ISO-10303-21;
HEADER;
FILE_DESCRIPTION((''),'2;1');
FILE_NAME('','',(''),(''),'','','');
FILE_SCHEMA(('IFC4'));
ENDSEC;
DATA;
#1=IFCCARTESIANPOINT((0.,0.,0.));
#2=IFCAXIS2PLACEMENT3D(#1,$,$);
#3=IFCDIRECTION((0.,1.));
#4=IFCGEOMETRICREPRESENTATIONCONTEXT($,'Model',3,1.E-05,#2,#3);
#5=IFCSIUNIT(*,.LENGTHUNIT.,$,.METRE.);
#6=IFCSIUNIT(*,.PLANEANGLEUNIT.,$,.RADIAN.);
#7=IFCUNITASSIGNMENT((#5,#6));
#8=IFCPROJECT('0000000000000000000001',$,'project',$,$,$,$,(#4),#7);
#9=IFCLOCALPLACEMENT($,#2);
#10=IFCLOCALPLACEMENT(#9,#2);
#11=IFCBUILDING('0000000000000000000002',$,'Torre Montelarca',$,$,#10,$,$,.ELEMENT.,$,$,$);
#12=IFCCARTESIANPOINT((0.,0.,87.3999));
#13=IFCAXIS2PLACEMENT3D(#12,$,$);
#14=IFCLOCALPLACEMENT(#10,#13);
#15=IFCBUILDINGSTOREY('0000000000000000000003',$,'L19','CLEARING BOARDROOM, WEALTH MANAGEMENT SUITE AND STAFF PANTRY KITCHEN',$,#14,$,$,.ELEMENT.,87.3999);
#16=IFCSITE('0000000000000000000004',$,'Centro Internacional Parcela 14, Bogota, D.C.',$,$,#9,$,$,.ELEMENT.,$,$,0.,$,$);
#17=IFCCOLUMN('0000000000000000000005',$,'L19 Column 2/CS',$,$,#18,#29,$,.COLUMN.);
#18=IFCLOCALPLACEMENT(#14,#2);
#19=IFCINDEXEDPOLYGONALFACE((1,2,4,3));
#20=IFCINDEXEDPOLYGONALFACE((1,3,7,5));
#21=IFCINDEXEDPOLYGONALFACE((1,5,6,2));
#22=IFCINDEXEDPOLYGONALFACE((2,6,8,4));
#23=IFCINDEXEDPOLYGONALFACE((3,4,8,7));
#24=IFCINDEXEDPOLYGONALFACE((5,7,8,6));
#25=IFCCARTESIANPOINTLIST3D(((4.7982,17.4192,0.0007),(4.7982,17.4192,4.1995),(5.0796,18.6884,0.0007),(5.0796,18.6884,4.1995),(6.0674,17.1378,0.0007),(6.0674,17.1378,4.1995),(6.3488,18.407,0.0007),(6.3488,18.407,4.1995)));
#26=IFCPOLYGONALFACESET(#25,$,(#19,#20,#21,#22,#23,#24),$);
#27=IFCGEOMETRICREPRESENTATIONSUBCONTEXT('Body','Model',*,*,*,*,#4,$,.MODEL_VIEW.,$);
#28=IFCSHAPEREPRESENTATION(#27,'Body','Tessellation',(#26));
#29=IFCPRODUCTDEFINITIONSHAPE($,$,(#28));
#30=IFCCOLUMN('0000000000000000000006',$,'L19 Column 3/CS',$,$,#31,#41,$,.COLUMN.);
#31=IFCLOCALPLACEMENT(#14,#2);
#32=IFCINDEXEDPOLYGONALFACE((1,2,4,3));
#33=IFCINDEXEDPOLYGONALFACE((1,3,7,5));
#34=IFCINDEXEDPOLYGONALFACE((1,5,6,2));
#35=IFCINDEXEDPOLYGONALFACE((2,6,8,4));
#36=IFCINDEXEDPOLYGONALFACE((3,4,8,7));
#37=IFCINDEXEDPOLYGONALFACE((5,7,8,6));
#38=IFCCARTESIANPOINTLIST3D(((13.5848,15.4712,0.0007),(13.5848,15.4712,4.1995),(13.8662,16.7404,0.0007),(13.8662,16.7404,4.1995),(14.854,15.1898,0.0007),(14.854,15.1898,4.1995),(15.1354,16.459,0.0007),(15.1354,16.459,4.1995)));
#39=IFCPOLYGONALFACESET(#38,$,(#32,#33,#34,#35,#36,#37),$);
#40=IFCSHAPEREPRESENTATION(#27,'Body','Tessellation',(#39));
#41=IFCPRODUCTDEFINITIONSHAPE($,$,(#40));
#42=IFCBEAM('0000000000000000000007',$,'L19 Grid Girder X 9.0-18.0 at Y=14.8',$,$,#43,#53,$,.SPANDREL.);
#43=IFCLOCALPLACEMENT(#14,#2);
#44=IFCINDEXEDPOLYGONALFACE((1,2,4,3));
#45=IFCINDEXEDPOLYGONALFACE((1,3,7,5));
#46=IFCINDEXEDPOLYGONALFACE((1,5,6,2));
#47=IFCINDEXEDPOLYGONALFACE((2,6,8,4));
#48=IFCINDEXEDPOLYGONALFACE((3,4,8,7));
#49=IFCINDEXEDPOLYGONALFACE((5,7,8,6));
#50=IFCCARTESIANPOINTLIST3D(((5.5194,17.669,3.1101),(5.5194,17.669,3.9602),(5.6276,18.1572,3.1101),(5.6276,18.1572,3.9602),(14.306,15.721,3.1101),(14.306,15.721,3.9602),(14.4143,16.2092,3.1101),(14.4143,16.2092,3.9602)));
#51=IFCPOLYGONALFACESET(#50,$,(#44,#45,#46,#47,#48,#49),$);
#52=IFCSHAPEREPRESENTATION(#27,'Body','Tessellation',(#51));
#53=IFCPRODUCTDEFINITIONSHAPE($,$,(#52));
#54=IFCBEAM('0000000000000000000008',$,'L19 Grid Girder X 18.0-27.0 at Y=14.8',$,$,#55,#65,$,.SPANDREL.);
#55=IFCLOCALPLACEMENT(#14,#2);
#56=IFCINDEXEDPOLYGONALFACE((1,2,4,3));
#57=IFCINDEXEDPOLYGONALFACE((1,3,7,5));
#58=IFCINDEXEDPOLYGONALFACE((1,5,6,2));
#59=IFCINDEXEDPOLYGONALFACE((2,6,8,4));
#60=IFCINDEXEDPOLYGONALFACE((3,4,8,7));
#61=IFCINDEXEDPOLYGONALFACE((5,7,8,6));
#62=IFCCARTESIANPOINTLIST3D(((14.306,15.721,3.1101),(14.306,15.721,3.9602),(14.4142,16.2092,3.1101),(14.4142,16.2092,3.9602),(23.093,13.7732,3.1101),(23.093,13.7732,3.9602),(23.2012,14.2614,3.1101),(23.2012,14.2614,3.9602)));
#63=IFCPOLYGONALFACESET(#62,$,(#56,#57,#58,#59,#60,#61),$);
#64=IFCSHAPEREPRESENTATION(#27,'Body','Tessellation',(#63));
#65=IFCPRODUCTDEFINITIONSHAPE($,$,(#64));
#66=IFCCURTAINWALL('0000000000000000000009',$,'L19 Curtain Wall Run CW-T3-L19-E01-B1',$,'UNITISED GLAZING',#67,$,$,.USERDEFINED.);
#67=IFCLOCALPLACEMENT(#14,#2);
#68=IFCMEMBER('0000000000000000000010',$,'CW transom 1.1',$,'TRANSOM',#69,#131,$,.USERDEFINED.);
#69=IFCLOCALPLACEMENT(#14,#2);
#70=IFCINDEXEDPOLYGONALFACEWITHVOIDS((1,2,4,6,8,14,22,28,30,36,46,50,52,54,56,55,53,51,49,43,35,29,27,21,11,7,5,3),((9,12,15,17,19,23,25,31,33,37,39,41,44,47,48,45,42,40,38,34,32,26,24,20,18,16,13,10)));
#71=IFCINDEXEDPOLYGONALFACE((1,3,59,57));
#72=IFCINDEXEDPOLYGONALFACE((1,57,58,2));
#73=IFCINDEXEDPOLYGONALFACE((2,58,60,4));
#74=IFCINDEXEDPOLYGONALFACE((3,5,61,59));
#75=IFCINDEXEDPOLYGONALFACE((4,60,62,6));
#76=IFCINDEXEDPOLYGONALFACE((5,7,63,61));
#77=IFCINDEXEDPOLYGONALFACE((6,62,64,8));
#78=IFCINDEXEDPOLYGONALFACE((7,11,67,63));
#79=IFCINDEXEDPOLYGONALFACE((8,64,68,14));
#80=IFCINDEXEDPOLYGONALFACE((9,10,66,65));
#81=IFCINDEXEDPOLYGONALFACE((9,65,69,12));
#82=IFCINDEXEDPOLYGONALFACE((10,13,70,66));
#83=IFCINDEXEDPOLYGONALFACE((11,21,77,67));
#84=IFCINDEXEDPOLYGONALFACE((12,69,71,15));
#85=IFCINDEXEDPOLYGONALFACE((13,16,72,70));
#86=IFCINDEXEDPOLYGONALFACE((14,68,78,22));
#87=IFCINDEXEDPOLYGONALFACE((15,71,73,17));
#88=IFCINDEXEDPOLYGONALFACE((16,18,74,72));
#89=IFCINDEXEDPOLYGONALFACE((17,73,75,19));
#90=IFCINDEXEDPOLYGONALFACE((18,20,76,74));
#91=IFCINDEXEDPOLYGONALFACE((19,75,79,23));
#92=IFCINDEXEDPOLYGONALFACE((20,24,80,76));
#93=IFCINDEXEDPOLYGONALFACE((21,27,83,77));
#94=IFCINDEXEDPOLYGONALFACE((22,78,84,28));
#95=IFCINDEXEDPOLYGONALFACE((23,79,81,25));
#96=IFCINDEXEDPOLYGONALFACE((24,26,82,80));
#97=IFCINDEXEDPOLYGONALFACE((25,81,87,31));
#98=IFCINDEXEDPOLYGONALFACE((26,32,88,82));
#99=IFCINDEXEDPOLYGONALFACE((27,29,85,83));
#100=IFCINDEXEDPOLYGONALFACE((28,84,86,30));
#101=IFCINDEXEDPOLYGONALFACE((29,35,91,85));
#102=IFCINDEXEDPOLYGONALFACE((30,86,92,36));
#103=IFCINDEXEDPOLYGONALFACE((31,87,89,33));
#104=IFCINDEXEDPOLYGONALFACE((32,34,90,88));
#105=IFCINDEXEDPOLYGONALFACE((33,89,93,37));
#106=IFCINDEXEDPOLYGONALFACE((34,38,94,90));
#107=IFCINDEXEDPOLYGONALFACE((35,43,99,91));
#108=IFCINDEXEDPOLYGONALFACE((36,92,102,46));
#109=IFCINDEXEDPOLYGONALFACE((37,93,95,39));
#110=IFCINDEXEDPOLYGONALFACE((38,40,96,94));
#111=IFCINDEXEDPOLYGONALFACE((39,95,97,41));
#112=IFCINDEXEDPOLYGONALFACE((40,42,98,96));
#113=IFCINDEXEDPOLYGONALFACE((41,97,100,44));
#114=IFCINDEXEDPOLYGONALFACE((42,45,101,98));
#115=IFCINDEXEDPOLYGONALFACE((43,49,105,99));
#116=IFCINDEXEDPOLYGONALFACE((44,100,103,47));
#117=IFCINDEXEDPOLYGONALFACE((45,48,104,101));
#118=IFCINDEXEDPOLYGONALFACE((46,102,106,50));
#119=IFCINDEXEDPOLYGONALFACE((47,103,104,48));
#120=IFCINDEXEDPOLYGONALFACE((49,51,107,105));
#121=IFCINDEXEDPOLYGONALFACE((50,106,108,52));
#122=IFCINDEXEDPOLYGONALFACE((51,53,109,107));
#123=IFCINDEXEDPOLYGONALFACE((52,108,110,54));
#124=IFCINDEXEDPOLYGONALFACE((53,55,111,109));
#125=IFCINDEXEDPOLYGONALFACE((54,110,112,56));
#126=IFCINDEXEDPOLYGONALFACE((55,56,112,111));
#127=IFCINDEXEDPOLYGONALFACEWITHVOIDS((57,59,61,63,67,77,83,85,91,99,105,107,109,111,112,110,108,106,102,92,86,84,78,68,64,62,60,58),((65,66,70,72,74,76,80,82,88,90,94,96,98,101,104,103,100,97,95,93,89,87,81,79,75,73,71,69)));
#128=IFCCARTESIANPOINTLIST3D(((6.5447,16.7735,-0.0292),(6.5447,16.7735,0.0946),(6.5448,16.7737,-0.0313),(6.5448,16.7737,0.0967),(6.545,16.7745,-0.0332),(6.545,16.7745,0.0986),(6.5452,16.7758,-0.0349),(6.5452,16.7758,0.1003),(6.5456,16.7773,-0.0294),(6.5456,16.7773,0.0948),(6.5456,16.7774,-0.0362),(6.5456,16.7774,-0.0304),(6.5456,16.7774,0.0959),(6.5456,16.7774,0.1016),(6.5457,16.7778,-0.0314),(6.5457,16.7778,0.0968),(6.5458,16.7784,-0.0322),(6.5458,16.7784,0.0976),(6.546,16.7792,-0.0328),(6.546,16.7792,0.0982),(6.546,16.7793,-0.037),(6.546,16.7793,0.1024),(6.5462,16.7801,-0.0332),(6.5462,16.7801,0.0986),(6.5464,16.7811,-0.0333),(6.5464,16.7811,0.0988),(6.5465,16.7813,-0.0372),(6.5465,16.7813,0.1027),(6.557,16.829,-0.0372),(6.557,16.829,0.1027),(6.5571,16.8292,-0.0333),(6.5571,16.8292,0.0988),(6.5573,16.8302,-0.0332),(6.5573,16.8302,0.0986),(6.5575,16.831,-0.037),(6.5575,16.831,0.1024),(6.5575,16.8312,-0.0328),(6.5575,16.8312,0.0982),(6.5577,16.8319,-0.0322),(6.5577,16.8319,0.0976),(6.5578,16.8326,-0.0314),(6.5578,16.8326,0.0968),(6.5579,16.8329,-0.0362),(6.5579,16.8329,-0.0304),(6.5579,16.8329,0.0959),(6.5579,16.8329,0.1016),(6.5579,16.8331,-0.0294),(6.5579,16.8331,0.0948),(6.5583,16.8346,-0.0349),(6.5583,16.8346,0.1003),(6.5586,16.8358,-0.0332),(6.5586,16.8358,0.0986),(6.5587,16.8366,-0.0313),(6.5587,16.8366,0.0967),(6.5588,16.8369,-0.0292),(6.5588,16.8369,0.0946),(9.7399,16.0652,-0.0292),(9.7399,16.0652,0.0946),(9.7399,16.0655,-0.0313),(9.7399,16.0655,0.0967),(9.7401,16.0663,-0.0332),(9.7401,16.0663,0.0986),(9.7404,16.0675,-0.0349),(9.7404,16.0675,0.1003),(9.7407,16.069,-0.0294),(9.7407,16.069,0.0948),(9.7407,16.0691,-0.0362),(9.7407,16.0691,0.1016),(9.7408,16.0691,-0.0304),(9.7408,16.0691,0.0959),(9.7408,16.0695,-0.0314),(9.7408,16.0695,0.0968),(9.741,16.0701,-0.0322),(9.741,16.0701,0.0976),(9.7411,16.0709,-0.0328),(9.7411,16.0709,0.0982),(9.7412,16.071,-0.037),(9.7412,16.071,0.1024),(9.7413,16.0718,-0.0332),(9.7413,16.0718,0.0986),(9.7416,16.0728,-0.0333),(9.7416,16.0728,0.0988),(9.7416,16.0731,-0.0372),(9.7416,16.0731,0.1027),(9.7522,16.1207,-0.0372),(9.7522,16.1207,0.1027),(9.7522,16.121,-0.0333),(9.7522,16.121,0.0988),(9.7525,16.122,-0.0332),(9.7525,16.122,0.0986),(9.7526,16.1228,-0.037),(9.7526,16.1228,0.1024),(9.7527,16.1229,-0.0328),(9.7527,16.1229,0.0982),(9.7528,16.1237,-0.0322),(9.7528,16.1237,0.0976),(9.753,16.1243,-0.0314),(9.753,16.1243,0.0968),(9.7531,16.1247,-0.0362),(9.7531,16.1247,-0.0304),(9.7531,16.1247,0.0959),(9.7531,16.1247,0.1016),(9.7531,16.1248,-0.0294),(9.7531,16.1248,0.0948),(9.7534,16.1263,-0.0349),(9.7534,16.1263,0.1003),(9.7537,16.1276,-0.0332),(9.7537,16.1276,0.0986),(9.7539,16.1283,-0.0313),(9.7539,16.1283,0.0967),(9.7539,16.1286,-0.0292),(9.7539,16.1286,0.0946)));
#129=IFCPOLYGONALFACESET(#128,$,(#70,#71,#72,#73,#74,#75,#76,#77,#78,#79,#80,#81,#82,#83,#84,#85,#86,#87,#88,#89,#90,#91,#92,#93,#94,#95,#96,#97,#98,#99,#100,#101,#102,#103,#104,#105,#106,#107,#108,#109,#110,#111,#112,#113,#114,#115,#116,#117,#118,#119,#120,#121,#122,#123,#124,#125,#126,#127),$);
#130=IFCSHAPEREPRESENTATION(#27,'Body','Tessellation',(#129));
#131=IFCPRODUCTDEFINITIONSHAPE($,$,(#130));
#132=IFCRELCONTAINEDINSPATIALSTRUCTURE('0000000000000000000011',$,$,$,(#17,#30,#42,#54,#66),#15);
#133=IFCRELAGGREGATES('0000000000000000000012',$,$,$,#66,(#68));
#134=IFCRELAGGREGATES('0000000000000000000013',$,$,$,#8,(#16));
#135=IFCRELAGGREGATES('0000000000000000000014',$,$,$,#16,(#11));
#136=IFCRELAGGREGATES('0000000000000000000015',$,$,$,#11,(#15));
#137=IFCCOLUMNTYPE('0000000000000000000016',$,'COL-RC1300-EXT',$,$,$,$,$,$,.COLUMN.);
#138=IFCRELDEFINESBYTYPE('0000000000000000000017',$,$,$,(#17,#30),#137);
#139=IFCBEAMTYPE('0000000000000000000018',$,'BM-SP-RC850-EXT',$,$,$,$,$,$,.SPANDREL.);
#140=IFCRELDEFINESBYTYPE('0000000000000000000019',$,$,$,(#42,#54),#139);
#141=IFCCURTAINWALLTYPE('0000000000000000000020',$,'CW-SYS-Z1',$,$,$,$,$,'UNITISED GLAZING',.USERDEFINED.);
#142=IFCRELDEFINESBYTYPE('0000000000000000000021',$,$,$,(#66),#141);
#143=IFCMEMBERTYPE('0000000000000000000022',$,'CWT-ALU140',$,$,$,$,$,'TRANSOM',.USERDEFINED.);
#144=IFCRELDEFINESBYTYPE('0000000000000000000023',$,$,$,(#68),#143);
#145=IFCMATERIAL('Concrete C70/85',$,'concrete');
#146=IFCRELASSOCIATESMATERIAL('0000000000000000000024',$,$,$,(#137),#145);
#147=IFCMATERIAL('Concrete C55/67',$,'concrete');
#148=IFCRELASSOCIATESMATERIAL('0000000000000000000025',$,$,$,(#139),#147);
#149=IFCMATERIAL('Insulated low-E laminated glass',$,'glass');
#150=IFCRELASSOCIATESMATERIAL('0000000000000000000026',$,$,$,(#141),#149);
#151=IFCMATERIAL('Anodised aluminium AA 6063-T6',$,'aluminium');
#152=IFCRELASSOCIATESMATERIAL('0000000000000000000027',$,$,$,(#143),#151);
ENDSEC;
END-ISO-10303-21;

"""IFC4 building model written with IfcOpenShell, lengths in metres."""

from ifc_helpers import new_model, si_unit, direction, frame, origin, origin_2d, place, context, subcontext, project, spatial, rectangle, hollow_rectangle, extrude, source, transform, mapped, material, material_profile, profile_set, type_object, element, aggregate, save


model = new_model("IFC4")

# Units and contexts
model_context = context("Model", 3, precision=1e-05, world=origin(), true_north=direction((0.0, 1.0)))
body_context = subcontext(model_context, "Body", "Model", "MODEL_VIEW")
ifc_project = project(units=[si_unit("LENGTHUNIT", "METRE"), si_unit("PLANEANGLEUNIT", "RADIAN")], contexts=[model_context])

# Site, building, storey
site_placement = place(None, origin())
site = spatial("IfcSite", under=ifc_project, at=site_placement, Name="Centro Internacional Parcela 14, Bogota, D.C.", CompositionType="ELEMENT", RefElevation=0.0)
building_placement = place(site_placement, origin())
building = spatial("IfcBuilding", under=site, at=building_placement, Name="Torre Montelarca", CompositionType="ELEMENT")
storey_placement = place(building_placement, frame((0.0, 0.0, 87.3999)))
storey = spatial("IfcBuildingStorey", under=building, at=storey_placement, Name="L19", Description="CLEARING BOARDROOM, WEALTH MANAGEMENT SUITE AND STAFF PANTRY KITCHEN", CompositionType="ELEMENT", Elevation=87.3999)

# Columns
ifc_material_1 = material(Name="Concrete C70/85", Category="concrete")
ifc_material_profile_1 = material_profile(ifc_material_1, rectangle(XDim=1.3, YDim=1.3, at=origin_2d()), Name="RC1300X1300", Category="concrete")
ifc_profile_set_1 = profile_set([ifc_material_profile_1], Name="Concrete C70/85")
column_type = type_object("IfcColumnType", Name="COL-RC1300-EXT", PredefinedType="COLUMN", material=ifc_profile_set_1)
shared_shape_1 = source(origin(), body_context, "Body", "SweptSolid", [
    extrude(rectangle(XDim=1.3, YDim=1.3, at=origin_2d()), origin(), (0.0, 0.0, 1.0), 4.1987),
])
for number, where, z_axis, x_axis, name in (
    (1, (5.5735, 17.9131, 0.0007), (0.0, 0.0, 1.0), (-0.976296, 0.21644, 0.0), "L19 Column 2/CS"),
    (2, (14.3601, 15.9651, 0.0007), (0.0, 0.0, 1.0), (-0.976296, 0.21644, 0.0), "L19 Column 3/CS"),
):
    element("IfcColumn", number, at=place(storey_placement, frame(where, z_axis=z_axis, x_axis=x_axis)), inside=storey, type_object=column_type, Name=name, PredefinedType="COLUMN", context=body_context, shape_type="MappedRepresentation", body=[
        mapped(shared_shape_1, transform((0.0, 0.0, 0.0), scale=1.0)),
    ])

# Beams
ifc_material_2 = material(Name="Concrete C55/67", Category="concrete")
ifc_material_profile_2 = material_profile(ifc_material_2, rectangle(XDim=0.5, YDim=0.8501, at=origin_2d()), Name="RCB500X850", Category="concrete")
ifc_profile_set_2 = profile_set([ifc_material_profile_2], Name="Concrete C55/67")
beam_type = type_object("IfcBeamType", Name="BM-SP-RC850-EXT", PredefinedType="SPANDREL", material=ifc_profile_set_2)
shared_shape_2 = source(origin(), body_context, "Body", "SweptSolid", [
    extrude(rectangle(XDim=0.5, YDim=0.8501, at=origin_2d()), origin(), (0.0, 0.0, 1.0), 9.0),
])
beam_1_placement = place(storey_placement, frame((5.5735, 17.9131, 3.5352), z_axis=(0.976295, -0.216445, 0.0), x_axis=(0.216445, 0.976295, 0.0)))
element("IfcBeam", 3, at=beam_1_placement, inside=storey, type_object=beam_type, Name="L19 Grid Girder X 9.0-18.0 at Y=14.8", PredefinedType="SPANDREL", context=body_context, shape_type="MappedRepresentation", body=[
    mapped(shared_shape_2, transform((0.0, 0.0, 0.0), scale=1.0)),
])
shared_shape_3 = source(origin(), body_context, "Body", "SweptSolid", [
    extrude(rectangle(XDim=0.5, YDim=0.8501, at=origin_2d()), origin(), (0.0, 0.0, 1.0), 9.0002),
])
beam_2_placement = place(storey_placement, frame((14.3601, 15.9651, 3.5352), z_axis=(0.976302, -0.216413, 0.0), x_axis=(0.216413, 0.976302, 0.0)))
element("IfcBeam", 4, at=beam_2_placement, inside=storey, type_object=beam_type, Name="L19 Grid Girder X 18.0-27.0 at Y=14.8", PredefinedType="SPANDREL", context=body_context, shape_type="MappedRepresentation", body=[
    mapped(shared_shape_3, transform((0.0, 0.0, 0.0), scale=1.0)),
])

# Curtain wall, member
ifc_material_3 = material(Name="Insulated low-E laminated glass", Category="glass")
curtain_wall_type = type_object("IfcCurtainWallType", Name="CW-SYS-Z1", ElementType="UNITISED GLAZING", PredefinedType="USERDEFINED", material=ifc_material_3)
curtain_wall_1_placement = place(storey_placement, origin())
curtain_wall_1 = element("IfcCurtainWall", 5, at=curtain_wall_1_placement, inside=storey, type_object=curtain_wall_type, Name="L19 Curtain Wall Run CW-T3-L19-E01-B1", ObjectType="UNITISED GLAZING", PredefinedType="USERDEFINED")
ifc_material_4 = material(Name="Anodised aluminium AA 6063-T6", Category="aluminium")
ifc_material_profile_3 = material_profile(ifc_material_4, hollow_rectangle(XDim=0.0649, YDim=0.1399, WallThickness=0.0039, InnerFilletRadius=0.0039, OuterFilletRadius=0.0081, at=origin_2d()), Name="ALU65X140X4", Category="aluminium")
ifc_profile_set_3 = profile_set([ifc_material_profile_3], Name="Anodised aluminium AA 6063-T6")
member_type_1 = type_object("IfcMemberType", Name="CWT-ALU140", ElementType="TRANSOM", PredefinedType="USERDEFINED", material=ifc_profile_set_3)
shared_shape_4 = source(origin(), body_context, "Body", "SweptSolid", [
    extrude(hollow_rectangle(XDim=0.0649, YDim=0.1399, WallThickness=0.0039, InnerFilletRadius=0.0039, OuterFilletRadius=0.0081, at=origin_2d()), origin(), (0.0, 0.0, 1.0), 3.2727),
])
member_1_placement = place(storey_placement, frame((6.5518, 16.8052, 0.0327), z_axis=(0.976301, -0.216417, 0.0), x_axis=(0.216417, 0.976301, 0.0)))
member_1 = element("IfcMember", 6, at=member_1_placement, type_object=member_type_1, Name="CW transom 1.1", ObjectType="TRANSOM", PredefinedType="USERDEFINED", context=body_context, shape_type="MappedRepresentation", body=[
    mapped(shared_shape_4, transform((0.0, 0.0, 0.0), scale=1.0)),
])

aggregate(curtain_wall_1, [member_1])

save(model, "model.ifc")
